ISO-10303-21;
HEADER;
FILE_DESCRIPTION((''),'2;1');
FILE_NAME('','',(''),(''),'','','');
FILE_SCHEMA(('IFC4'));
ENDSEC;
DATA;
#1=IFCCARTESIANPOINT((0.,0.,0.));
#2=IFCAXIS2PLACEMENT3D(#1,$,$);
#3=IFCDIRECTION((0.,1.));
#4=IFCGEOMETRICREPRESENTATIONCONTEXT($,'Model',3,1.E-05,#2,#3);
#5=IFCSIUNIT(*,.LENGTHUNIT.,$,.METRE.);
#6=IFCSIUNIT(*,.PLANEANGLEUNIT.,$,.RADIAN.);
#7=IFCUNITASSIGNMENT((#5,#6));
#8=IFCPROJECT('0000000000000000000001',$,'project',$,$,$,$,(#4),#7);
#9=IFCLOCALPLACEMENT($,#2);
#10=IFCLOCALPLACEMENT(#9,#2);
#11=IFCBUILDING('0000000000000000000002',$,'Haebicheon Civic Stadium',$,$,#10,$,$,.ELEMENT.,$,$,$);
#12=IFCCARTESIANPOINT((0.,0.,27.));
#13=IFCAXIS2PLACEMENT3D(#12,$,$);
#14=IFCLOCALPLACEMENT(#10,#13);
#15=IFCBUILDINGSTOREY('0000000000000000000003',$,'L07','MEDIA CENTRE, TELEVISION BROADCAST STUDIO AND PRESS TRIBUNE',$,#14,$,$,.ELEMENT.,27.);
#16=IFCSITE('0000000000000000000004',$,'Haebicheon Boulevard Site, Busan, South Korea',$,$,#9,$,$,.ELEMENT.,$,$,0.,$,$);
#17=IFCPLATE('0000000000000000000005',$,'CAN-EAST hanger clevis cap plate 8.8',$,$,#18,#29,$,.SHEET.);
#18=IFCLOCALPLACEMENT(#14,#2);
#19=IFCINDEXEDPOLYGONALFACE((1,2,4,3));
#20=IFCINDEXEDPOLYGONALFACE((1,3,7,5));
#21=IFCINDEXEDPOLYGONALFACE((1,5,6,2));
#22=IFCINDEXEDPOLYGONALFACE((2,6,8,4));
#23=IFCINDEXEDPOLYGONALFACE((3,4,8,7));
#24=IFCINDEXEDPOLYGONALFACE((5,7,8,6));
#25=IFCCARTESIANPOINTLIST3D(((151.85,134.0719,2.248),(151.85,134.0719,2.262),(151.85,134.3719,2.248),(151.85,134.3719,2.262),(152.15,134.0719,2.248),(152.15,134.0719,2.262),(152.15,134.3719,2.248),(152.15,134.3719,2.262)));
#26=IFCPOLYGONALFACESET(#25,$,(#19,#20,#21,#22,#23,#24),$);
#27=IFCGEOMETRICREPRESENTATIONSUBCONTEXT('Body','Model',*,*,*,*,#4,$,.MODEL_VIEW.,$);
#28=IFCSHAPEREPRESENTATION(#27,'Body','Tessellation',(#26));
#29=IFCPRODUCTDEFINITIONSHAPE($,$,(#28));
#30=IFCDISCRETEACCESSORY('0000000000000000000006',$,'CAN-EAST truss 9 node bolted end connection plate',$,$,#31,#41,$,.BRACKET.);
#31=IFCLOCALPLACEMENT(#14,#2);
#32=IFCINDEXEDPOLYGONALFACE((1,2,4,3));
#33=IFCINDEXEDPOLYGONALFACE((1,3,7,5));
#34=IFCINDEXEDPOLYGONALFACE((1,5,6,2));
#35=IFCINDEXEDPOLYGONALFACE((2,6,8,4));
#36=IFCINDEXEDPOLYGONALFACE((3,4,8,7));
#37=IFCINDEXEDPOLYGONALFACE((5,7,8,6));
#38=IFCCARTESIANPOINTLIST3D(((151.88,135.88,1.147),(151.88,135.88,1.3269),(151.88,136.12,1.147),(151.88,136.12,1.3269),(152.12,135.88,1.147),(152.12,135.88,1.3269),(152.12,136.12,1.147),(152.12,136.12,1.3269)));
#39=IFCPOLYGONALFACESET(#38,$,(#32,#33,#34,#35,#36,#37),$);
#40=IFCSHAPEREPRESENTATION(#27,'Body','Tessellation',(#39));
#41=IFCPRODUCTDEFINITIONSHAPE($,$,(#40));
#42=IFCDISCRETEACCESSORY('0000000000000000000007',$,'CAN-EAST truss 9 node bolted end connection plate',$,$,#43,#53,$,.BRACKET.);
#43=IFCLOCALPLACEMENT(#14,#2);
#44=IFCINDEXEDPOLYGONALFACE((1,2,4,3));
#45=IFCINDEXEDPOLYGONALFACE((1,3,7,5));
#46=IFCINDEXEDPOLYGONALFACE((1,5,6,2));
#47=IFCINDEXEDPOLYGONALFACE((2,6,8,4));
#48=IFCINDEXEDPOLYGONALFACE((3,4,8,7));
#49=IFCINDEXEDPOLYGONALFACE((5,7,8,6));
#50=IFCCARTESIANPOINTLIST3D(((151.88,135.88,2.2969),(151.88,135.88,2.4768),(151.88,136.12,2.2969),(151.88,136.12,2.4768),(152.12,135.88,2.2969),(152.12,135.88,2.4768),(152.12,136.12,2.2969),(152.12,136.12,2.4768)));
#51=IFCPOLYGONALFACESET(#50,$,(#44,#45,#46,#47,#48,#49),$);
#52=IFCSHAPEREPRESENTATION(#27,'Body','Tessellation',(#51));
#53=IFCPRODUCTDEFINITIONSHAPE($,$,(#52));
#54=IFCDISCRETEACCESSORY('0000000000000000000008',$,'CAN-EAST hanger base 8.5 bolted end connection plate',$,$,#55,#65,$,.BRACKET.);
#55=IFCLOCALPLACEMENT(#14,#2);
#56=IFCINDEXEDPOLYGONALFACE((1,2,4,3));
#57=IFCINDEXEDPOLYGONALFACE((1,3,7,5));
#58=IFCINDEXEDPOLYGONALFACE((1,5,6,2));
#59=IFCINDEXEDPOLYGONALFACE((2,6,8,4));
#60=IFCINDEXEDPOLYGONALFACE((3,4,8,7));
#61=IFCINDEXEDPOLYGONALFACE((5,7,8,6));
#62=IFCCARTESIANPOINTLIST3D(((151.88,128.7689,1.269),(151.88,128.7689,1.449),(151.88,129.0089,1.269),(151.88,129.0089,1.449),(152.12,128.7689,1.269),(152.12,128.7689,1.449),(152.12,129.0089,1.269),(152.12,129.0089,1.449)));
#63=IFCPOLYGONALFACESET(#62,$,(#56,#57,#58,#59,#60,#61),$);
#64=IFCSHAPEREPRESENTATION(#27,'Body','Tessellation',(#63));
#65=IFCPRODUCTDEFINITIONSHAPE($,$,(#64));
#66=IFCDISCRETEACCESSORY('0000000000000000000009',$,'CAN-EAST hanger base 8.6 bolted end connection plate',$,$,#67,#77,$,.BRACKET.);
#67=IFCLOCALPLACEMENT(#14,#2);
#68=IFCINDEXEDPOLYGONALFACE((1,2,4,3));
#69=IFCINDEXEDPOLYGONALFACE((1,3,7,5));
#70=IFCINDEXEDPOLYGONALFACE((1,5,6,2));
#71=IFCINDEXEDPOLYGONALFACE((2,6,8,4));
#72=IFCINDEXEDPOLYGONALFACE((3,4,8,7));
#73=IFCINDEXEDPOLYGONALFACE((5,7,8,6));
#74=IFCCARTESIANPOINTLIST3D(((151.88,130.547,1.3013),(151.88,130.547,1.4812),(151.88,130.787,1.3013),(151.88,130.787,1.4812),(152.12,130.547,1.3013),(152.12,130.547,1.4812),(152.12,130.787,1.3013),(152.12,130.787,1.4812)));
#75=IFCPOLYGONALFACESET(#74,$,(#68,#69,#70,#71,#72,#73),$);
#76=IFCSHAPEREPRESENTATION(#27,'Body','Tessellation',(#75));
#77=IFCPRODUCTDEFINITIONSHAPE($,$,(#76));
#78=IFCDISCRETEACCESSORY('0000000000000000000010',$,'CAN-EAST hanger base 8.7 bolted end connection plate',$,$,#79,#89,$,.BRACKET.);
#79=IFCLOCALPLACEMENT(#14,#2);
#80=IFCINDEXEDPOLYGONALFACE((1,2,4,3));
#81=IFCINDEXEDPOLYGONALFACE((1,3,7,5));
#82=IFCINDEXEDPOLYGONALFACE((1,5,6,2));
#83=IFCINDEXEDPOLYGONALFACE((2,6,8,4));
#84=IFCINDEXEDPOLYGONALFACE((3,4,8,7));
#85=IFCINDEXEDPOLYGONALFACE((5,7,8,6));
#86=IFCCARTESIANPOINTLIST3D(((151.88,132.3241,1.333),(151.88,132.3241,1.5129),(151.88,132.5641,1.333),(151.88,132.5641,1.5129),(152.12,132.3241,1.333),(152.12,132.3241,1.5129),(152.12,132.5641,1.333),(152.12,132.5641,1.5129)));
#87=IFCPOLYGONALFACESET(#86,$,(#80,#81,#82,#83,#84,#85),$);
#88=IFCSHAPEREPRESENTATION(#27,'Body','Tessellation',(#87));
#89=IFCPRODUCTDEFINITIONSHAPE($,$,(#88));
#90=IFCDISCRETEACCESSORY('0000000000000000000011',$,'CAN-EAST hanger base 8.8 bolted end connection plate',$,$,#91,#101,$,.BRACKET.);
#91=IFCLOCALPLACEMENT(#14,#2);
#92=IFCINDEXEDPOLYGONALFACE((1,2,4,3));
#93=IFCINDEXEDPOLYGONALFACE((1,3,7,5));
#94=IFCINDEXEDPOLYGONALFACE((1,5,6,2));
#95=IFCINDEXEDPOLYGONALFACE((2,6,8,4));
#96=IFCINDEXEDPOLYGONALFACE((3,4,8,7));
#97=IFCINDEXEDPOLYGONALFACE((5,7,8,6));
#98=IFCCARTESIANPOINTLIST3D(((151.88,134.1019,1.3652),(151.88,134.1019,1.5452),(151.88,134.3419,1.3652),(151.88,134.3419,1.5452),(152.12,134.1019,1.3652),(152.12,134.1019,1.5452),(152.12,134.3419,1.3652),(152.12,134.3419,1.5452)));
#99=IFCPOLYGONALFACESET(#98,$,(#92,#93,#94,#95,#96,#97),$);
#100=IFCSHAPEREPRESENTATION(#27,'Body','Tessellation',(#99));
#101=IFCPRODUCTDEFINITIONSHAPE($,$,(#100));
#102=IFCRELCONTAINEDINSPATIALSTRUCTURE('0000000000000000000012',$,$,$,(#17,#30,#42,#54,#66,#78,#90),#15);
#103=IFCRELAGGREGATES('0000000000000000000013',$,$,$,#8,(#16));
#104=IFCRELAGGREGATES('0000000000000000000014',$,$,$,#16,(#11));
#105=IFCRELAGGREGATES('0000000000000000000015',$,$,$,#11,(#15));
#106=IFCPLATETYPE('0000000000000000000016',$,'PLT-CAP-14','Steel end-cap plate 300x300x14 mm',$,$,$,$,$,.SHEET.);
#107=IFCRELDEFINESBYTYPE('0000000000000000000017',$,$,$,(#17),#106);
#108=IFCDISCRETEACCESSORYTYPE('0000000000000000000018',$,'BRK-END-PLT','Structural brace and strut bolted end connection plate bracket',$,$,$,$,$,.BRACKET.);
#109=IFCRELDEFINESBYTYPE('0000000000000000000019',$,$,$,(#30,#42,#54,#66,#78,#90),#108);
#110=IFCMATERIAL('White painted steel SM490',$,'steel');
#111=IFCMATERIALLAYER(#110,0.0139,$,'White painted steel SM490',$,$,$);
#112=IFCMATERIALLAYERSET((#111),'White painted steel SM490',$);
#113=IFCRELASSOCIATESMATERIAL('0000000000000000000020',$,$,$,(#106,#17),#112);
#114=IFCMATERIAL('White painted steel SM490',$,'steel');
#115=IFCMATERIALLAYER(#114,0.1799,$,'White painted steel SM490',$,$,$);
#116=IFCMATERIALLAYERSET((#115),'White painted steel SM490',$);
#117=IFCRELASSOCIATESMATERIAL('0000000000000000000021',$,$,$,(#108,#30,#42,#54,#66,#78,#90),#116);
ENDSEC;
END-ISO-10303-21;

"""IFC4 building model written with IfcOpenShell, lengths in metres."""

from ifc_helpers import new_model, si_unit, direction, frame, origin, origin_2d, place, context, subcontext, project, spatial, rectangle, extrude, material, layer, layer_set, type_object, element, save


model = new_model("IFC4")

# Units and contexts
model_context = context("Model", 3, precision=1e-05, world=origin(), true_north=direction((0.0, 1.0)))
body_context = subcontext(model_context, "Body", "Model", "MODEL_VIEW")
ifc_project = project(units=[si_unit("LENGTHUNIT", "METRE"), si_unit("PLANEANGLEUNIT", "RADIAN")], contexts=[model_context])

# Site, building, storey
site_placement = place(None, origin())
site = spatial("IfcSite", under=ifc_project, at=site_placement, Name="Haebicheon Boulevard Site, Busan, South Korea", CompositionType="ELEMENT", RefElevation=0.0)
building_placement = place(site_placement, origin())
building = spatial("IfcBuilding", under=site, at=building_placement, Name="Haebicheon Civic Stadium", CompositionType="ELEMENT")
storey_placement = place(building_placement, frame((0.0, 0.0, 27.0)))
storey = spatial("IfcBuildingStorey", under=building, at=storey_placement, Name="L07", Description="MEDIA CENTRE, TELEVISION BROADCAST STUDIO AND PRESS TRIBUNE", CompositionType="ELEMENT", Elevation=27.0)

# Plate
ifc_material_1 = material(Name="White painted steel SM490", Category="steel")
ifc_layer_1 = layer(ifc_material_1, 0.0139, Name="White painted steel SM490")
ifc_layer_set_1 = layer_set([ifc_layer_1], Name="White painted steel SM490")
plate_type = type_object("IfcPlateType", Name="PLT-CAP-14", Description="Steel end-cap plate 300x300x14 mm", PredefinedType="SHEET", material=ifc_layer_set_1)
for number, where, z_axis, x_axis, name in (
    (1, (152.0, 134.2219, 2.248), (0.0, 0.0, 1.0), (1.0, 0.0, 0.0), "CAN-EAST hanger clevis cap plate 8.8"),
):
    element("IfcPlate", number, at=place(storey_placement, frame(where, z_axis=z_axis, x_axis=x_axis)), inside=storey, type_object=plate_type, material=ifc_layer_set_1, Name=name, PredefinedType="SHEET", context=body_context, shape_type="SweptSolid", body=[
        extrude(rectangle(XDim=0.3, YDim=0.3, at=origin_2d()), origin(), (0.0, 0.0, 1.0), 0.0139),
    ])

# Discrete accessories
ifc_material_2 = material(Name="White painted steel SM490", Category="steel")
ifc_layer_2 = layer(ifc_material_2, 0.1799, Name="White painted steel SM490")
ifc_layer_set_2 = layer_set([ifc_layer_2], Name="White painted steel SM490")
discrete_accessory_type = type_object("IfcDiscreteAccessoryType", Name="BRK-END-PLT", Description="Structural brace and strut bolted end connection plate bracket", PredefinedType="BRACKET", material=ifc_layer_set_2)
for number, where, z_axis, x_axis, name in (
    (2, (152.0, 136.0, 1.147), (0.0, 0.0, 1.0), (1.0, 0.0, 0.0), "CAN-EAST truss 9 node bolted end connection plate"),
    (3, (152.0, 136.0, 2.2969), (0.0, 0.0, 1.0), (1.0, 0.0, 0.0), "CAN-EAST truss 9 node bolted end connection plate"),
    (4, (152.0, 128.8889, 1.269), (0.0, 0.0, 1.0), (1.0, 0.0, 0.0), "CAN-EAST hanger base 8.5 bolted end connection plate"),
    (5, (152.0, 130.667, 1.3013), (0.0, 0.0, 1.0), (1.0, 0.0, 0.0), "CAN-EAST hanger base 8.6 bolted end connection plate"),
    (6, (152.0, 132.4441, 1.333), (0.0, 0.0, 1.0), (1.0, 0.0, 0.0), "CAN-EAST hanger base 8.7 bolted end connection plate"),
    (7, (152.0, 134.2219, 1.3652), (0.0, 0.0, 1.0), (1.0, 0.0, 0.0), "CAN-EAST hanger base 8.8 bolted end connection plate"),
):
    element("IfcDiscreteAccessory", number, at=place(storey_placement, frame(where, z_axis=z_axis, x_axis=x_axis)), inside=storey, type_object=discrete_accessory_type, material=ifc_layer_set_2, Name=name, PredefinedType="BRACKET", context=body_context, shape_type="SweptSolid", body=[
        extrude(rectangle(XDim=0.24, YDim=0.24, at=origin_2d()), origin(), (0.0, 0.0, 1.0), 0.1799),
    ])

save(model, "model.ifc")
